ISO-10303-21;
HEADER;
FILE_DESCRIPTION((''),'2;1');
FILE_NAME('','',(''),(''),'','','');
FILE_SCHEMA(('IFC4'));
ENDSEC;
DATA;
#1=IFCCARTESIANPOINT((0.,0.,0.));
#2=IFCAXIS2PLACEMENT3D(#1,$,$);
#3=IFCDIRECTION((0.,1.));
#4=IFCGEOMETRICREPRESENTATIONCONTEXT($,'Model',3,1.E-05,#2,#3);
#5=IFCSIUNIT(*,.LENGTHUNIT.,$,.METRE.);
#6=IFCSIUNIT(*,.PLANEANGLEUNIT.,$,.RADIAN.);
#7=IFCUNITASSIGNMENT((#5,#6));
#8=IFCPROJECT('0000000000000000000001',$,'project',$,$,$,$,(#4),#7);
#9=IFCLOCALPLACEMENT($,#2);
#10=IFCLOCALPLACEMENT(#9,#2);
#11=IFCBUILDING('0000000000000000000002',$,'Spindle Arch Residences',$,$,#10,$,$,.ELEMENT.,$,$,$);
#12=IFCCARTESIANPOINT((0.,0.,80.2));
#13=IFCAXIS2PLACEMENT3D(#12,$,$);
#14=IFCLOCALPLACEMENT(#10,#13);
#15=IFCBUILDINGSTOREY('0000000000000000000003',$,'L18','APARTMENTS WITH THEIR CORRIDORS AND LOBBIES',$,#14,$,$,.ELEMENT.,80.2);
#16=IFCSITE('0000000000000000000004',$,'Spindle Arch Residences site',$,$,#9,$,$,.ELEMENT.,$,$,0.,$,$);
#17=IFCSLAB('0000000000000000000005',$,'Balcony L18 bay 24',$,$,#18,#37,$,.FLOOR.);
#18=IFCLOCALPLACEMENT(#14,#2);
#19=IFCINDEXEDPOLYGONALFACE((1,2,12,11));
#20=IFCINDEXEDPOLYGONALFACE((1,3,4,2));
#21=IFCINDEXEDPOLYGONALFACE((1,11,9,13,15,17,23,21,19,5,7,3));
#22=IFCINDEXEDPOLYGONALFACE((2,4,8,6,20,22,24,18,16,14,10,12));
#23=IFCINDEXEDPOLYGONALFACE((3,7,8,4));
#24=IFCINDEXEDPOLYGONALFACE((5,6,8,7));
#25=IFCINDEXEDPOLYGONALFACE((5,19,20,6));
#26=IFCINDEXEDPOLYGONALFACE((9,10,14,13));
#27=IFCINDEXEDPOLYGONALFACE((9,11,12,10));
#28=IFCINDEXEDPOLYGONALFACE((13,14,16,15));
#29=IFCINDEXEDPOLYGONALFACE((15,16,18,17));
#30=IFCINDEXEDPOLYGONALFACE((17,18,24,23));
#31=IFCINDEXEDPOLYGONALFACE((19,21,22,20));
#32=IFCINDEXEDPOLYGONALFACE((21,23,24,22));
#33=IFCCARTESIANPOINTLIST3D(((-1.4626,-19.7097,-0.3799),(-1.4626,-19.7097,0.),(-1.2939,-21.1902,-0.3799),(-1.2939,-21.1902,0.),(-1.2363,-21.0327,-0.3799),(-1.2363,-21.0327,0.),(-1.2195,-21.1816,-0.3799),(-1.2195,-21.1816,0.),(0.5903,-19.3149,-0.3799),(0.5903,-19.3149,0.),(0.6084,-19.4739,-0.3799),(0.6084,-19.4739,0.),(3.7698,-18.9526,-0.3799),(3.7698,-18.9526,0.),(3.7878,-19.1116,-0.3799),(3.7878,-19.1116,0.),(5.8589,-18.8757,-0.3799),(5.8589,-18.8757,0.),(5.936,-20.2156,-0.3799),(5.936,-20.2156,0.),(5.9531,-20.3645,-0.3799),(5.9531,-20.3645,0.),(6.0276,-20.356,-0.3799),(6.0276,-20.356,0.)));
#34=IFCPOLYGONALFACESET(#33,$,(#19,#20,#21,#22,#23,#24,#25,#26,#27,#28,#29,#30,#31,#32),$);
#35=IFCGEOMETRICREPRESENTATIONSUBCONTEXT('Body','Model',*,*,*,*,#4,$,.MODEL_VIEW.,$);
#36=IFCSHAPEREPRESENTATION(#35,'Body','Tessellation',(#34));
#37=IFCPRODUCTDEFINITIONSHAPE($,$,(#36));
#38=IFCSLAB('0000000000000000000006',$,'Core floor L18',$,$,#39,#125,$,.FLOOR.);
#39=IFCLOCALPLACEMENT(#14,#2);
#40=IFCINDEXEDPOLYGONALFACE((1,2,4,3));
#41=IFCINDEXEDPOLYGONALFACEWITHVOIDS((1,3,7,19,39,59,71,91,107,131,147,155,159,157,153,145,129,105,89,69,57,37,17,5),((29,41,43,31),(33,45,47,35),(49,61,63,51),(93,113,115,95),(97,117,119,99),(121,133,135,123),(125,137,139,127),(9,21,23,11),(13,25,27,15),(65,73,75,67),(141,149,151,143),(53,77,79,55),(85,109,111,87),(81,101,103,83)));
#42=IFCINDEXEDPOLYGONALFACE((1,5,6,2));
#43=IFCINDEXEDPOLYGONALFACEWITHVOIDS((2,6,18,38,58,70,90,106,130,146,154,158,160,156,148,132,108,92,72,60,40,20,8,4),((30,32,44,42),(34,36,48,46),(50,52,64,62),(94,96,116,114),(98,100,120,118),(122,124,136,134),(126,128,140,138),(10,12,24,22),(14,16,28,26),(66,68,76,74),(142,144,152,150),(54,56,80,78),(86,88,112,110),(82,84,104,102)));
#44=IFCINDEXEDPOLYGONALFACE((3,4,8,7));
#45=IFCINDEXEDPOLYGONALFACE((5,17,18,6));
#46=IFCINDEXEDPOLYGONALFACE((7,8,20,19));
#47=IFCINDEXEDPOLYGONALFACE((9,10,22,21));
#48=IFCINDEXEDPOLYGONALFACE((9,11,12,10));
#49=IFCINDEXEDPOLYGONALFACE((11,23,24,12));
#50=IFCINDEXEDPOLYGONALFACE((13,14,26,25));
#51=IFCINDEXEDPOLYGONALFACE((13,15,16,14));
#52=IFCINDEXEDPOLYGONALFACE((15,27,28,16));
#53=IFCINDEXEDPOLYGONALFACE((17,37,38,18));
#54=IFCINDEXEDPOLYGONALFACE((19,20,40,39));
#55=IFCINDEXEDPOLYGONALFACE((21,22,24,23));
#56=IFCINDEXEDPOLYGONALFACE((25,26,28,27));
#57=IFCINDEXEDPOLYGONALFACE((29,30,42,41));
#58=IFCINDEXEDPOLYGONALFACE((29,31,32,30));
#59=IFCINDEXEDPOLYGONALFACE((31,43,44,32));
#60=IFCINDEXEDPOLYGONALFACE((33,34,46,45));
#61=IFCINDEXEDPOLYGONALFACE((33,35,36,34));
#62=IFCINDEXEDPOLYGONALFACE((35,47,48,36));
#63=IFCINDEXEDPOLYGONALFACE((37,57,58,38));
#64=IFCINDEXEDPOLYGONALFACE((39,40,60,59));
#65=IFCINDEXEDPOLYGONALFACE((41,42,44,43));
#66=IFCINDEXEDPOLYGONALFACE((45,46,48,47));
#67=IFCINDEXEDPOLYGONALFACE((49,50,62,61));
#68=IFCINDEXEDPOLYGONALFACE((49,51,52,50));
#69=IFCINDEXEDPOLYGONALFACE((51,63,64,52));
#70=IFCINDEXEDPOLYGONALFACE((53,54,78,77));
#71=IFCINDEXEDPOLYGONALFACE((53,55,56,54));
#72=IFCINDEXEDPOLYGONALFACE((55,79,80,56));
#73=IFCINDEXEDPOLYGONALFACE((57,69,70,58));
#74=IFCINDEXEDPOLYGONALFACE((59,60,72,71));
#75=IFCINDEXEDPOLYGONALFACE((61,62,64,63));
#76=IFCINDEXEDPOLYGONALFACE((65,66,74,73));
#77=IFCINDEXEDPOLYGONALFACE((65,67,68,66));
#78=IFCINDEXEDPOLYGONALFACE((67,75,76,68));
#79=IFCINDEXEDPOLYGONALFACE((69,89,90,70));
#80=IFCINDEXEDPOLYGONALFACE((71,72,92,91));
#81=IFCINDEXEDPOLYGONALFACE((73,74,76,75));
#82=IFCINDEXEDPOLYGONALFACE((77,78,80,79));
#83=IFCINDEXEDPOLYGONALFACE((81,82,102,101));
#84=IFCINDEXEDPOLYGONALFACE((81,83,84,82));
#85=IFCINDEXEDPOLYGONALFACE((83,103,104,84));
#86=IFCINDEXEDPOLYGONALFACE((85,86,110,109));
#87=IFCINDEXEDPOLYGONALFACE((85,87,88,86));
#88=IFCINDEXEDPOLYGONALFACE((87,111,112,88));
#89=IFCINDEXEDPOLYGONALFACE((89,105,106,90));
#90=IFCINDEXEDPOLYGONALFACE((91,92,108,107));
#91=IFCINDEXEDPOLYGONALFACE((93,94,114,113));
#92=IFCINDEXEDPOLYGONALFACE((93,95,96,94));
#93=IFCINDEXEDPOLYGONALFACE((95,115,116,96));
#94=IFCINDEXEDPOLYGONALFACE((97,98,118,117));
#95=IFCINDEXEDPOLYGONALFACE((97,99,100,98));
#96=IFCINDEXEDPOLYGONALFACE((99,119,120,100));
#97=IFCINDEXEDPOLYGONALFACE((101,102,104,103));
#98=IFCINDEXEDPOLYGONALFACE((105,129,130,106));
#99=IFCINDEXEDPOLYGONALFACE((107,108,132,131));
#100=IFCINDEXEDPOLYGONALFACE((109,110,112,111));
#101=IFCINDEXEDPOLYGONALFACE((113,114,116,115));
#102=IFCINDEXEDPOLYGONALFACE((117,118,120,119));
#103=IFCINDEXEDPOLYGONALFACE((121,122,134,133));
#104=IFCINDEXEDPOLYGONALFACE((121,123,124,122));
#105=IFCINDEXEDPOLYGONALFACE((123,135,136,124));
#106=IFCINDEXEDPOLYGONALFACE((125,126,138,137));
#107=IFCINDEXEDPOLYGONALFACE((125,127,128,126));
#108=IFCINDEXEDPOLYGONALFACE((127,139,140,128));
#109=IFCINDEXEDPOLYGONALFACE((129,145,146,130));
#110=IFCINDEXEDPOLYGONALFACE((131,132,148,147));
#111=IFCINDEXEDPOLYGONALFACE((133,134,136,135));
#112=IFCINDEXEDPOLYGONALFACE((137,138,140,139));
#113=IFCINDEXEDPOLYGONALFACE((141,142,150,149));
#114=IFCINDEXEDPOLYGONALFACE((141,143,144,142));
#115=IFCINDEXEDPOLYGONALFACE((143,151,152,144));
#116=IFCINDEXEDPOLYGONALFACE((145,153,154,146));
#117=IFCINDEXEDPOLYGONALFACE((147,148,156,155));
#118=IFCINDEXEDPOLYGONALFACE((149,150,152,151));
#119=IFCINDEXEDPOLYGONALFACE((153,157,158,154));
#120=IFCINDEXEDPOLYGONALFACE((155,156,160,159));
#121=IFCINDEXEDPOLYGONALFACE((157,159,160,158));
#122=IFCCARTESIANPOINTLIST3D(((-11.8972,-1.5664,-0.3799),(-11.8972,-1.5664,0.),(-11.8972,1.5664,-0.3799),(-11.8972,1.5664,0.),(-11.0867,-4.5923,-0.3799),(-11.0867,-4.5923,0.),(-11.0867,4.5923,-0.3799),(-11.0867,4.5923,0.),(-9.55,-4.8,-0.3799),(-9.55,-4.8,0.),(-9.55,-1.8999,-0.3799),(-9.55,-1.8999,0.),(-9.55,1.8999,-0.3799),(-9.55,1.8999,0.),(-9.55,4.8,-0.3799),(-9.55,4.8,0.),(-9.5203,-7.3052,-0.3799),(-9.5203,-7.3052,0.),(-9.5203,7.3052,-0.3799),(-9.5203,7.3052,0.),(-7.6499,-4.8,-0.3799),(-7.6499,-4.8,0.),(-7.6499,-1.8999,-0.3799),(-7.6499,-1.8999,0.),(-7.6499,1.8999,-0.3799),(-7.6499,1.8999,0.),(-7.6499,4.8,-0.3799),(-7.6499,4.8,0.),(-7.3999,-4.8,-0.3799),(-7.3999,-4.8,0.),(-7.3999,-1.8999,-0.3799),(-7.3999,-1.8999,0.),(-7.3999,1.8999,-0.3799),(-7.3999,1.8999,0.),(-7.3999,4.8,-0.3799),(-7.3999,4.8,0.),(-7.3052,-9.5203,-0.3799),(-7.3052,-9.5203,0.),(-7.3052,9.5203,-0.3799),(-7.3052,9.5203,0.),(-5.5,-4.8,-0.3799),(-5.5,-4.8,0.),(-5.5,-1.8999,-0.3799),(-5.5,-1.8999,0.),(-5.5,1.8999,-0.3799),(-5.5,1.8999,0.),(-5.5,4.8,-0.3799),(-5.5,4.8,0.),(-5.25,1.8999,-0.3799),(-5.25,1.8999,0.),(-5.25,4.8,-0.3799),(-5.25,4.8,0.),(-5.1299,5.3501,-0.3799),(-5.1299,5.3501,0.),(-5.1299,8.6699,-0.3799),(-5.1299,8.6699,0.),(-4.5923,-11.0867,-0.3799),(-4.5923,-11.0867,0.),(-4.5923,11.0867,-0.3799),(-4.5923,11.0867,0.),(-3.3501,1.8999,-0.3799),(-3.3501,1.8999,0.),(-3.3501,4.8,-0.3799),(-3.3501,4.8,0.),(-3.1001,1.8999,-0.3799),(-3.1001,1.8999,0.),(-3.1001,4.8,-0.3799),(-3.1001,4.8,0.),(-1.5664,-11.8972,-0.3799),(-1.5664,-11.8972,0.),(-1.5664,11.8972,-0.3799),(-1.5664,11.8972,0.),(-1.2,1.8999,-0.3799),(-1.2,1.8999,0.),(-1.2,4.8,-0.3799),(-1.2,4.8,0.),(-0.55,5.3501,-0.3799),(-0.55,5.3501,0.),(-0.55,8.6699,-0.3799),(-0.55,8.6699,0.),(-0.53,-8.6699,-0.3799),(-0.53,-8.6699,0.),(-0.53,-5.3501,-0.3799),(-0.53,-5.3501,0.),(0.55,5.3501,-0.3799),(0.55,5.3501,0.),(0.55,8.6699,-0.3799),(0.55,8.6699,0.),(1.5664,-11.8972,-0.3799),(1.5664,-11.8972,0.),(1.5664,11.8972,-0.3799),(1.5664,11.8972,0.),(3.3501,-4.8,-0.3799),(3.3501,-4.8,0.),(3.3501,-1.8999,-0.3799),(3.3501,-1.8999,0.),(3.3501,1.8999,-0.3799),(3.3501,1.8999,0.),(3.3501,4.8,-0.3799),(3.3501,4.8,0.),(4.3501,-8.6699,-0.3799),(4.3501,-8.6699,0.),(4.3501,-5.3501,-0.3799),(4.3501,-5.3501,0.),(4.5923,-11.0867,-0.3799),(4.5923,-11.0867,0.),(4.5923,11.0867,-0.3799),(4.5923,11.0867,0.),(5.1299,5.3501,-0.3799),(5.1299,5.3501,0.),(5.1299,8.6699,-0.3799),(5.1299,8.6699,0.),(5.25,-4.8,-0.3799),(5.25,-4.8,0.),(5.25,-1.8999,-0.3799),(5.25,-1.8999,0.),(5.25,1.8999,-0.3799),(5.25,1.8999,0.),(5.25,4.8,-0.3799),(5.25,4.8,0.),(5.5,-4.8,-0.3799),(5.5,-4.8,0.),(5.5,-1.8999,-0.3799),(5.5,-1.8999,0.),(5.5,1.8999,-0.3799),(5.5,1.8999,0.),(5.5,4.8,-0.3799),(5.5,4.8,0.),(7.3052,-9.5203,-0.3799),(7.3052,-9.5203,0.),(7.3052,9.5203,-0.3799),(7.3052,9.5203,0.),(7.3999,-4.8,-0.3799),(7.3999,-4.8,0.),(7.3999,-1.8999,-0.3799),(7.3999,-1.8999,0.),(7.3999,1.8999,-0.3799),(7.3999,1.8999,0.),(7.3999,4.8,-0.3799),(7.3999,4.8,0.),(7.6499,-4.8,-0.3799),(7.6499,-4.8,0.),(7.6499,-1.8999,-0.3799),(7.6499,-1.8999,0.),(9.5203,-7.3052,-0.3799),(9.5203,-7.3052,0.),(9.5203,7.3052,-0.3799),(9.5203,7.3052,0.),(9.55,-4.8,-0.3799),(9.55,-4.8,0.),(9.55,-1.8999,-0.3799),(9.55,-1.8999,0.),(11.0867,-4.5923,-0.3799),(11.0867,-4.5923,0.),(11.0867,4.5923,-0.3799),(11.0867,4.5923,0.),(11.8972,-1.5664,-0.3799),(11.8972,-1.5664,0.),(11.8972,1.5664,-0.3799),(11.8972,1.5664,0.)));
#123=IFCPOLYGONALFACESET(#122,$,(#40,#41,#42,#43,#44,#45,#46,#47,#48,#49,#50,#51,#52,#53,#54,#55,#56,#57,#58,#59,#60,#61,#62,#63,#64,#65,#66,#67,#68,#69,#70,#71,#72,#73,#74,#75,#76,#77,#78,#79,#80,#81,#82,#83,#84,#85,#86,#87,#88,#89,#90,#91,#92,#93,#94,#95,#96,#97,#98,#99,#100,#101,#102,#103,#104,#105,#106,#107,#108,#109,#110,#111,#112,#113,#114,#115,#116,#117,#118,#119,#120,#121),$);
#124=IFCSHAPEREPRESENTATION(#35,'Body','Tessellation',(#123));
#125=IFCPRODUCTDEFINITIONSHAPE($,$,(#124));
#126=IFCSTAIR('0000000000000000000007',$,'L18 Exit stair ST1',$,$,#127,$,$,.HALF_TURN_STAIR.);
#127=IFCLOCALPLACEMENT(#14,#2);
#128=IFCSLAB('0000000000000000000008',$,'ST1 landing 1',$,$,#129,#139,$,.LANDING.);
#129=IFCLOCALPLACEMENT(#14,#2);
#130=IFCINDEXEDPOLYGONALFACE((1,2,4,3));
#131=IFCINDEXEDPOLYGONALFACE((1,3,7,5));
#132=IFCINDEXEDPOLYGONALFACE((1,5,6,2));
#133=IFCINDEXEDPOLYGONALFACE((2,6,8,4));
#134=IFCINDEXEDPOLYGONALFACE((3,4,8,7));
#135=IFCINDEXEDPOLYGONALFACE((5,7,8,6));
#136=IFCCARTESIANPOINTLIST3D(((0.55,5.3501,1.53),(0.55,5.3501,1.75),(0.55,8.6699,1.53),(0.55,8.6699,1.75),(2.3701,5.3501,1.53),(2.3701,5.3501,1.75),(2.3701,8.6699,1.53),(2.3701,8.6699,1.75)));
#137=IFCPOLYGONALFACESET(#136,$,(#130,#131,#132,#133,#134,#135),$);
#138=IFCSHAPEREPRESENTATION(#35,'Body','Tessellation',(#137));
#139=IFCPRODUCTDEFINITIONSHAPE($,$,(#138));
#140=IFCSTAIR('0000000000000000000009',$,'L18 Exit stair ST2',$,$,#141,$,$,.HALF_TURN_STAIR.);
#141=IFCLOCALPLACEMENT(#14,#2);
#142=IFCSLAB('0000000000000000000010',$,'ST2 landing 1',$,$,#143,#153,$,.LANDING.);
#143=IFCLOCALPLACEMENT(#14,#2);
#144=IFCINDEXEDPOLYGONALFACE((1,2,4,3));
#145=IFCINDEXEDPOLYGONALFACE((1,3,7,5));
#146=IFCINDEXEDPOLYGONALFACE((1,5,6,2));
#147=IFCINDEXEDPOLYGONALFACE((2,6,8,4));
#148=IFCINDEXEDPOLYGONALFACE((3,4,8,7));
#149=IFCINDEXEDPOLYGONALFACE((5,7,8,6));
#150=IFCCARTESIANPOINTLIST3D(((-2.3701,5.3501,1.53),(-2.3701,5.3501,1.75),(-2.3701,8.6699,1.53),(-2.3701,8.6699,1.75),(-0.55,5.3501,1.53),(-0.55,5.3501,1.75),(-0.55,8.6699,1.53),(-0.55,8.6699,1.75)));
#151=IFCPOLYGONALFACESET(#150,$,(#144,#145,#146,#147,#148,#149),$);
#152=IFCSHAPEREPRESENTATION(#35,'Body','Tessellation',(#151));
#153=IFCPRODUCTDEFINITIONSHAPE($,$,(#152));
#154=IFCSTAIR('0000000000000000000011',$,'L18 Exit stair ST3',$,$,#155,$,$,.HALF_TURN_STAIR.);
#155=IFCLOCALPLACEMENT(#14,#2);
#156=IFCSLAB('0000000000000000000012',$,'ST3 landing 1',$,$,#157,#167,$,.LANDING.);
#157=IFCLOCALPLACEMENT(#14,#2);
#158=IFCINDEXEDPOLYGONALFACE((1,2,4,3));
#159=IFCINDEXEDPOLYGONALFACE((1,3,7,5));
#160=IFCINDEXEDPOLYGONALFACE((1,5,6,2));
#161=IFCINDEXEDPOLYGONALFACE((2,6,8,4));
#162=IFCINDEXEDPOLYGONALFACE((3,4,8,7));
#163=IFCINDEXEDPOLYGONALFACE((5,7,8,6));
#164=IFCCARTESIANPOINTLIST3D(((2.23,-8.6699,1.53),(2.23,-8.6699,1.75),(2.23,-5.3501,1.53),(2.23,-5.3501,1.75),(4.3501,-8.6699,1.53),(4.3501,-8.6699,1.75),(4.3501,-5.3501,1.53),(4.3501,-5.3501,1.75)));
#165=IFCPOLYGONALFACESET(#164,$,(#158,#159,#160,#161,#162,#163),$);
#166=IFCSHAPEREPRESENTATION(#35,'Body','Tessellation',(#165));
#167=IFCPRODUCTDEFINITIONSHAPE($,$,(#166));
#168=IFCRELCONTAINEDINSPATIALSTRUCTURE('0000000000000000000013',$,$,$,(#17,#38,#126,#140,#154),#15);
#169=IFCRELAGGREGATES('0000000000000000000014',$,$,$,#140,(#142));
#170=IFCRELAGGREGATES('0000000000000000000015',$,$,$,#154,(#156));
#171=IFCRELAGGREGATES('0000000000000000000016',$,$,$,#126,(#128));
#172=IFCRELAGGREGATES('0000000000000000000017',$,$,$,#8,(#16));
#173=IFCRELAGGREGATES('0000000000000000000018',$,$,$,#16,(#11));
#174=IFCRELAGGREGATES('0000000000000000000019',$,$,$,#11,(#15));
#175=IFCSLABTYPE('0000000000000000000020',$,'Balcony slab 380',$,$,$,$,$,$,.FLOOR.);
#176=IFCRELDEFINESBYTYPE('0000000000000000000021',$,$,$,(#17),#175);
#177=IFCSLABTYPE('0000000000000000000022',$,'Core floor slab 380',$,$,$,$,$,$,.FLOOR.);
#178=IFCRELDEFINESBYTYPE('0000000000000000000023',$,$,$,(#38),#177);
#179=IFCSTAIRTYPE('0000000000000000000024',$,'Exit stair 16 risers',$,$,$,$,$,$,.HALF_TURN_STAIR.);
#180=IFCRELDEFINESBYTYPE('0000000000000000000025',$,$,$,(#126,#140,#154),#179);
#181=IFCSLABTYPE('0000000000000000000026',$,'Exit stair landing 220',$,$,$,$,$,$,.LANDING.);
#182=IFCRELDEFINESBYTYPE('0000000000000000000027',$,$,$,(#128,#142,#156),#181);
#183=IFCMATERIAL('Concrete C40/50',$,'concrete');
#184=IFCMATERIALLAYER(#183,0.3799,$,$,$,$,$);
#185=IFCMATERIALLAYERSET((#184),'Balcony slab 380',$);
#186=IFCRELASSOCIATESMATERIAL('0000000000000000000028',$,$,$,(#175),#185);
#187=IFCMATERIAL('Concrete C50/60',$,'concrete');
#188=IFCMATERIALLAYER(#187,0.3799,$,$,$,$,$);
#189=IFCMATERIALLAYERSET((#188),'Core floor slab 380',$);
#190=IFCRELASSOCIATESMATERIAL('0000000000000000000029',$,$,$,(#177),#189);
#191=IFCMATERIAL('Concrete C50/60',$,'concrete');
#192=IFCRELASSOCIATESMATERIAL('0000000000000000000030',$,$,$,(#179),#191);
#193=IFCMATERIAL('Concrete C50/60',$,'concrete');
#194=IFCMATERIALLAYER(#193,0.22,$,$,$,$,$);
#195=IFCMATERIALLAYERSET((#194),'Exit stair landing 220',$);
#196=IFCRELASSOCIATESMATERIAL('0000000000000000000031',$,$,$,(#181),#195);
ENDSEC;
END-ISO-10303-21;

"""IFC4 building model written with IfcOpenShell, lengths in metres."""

from ifc_helpers import new_model, si_unit, direction, frame, origin, place, context, subcontext, project, spatial, polyline, outline, extrude, material, layer, layer_set, type_object, element, aggregate, save


model = new_model("IFC4")

# Units and contexts
model_context = context("Model", 3, precision=1e-05, world=origin(), true_north=direction((0.0, 1.0)))
body_context = subcontext(model_context, "Body", "Model", "MODEL_VIEW")
ifc_project = project(units=[si_unit("LENGTHUNIT", "METRE"), si_unit("PLANEANGLEUNIT", "RADIAN")], contexts=[model_context])

# Site, building, storey
site_placement = place(None, origin())
site = spatial("IfcSite", under=ifc_project, at=site_placement, Name="Spindle Arch Residences site", CompositionType="ELEMENT", RefElevation=0.0)
building_placement = place(site_placement, origin())
building = spatial("IfcBuilding", under=site, at=building_placement, Name="Spindle Arch Residences", CompositionType="ELEMENT")
storey_placement = place(building_placement, frame((0.0, 0.0, 80.2)))
storey = spatial("IfcBuildingStorey", under=building, at=storey_placement, Name="L18", Description="APARTMENTS WITH THEIR CORRIDORS AND LOBBIES", CompositionType="ELEMENT", Elevation=80.2)

# Slabs
ifc_material_1 = material(Name="Concrete C40/50", Category="concrete")
ifc_layer_1 = layer(ifc_material_1, 0.3799)
ifc_layer_set_1 = layer_set([ifc_layer_1], Name="Balcony slab 380")
slab_type_1 = type_object("IfcSlabType", Name="Balcony slab 380", PredefinedType="FLOOR", material=ifc_layer_set_1)
slab_1_placement = place(storey_placement, frame((0.0, 0.0, -0.3799)))
element("IfcSlab", 1, at=slab_1_placement, inside=storey, type_object=slab_type_1, Name="Balcony L18 bay 24", PredefinedType="FLOOR", context=body_context, shape_type="SweptSolid", body=[
    extrude(outline(polyline([(-1.2939, -21.1902), (-1.2195, -21.1816), (-1.2363, -21.0327), (5.936, -20.2156), (5.9531, -20.3645), (6.0276, -20.356), (5.8589, -18.8757), (3.7878, -19.1116), (3.7698, -18.9526), (0.5903, -19.3149), (0.6084, -19.4739), (-1.4626, -19.7097), (-1.2939, -21.1902)])), origin(), (0.0, 0.0, 1.0), 0.3799),
])
ifc_material_2 = material(Name="Concrete C50/60", Category="concrete")
ifc_layer_2 = layer(ifc_material_2, 0.3799)
ifc_layer_set_2 = layer_set([ifc_layer_2], Name="Core floor slab 380")
slab_type_2 = type_object("IfcSlabType", Name="Core floor slab 380", PredefinedType="FLOOR", material=ifc_layer_set_2)
slab_2_placement = place(storey_placement, frame((0.0, 0.0, -0.3799)))
element("IfcSlab", 2, at=slab_2_placement, inside=storey, type_object=slab_type_2, Name="Core floor L18", PredefinedType="FLOOR", context=body_context, shape_type="SweptSolid", body=[
    extrude(outline(polyline([(1.5664, -11.8972), (4.5923, -11.0867), (7.3052, -9.5203), (9.5203, -7.3052), (11.0867, -4.5923), (11.8972, -1.5664), (11.8972, 1.5664), (11.0867, 4.5923), (9.5203, 7.3052), (7.3052, 9.5203), (4.5923, 11.0867), (1.5664, 11.8972), (-1.5664, 11.8972), (-4.5923, 11.0867), (-7.3052, 9.5203), (-9.5203, 7.3052), (-11.0867, 4.5923), (-11.8972, 1.5664), (-11.8972, -1.5664), (-11.0867, -4.5923), (-9.5203, -7.3052), (-7.3052, -9.5203), (-4.5923, -11.0867), (-1.5664, -11.8972), (1.5664, -11.8972)]), holes=[polyline([(-9.55, 1.8999), (-7.6499, 1.8999), (-7.6499, 4.8), (-9.55, 4.8), (-9.55, 1.8999)]), polyline([(-7.3999, 1.8999), (-5.5, 1.8999), (-5.5, 4.8), (-7.3999, 4.8), (-7.3999, 1.8999)]), polyline([(-5.25, 1.8999), (-3.3501, 1.8999), (-3.3501, 4.8), (-5.25, 4.8), (-5.25, 1.8999)]), polyline([(-3.1001, 1.8999), (-1.2, 1.8999), (-1.2, 4.8), (-3.1001, 4.8), (-3.1001, 1.8999)]), polyline([(3.3501, 1.8999), (5.25, 1.8999), (5.25, 4.8), (3.3501, 4.8), (3.3501, 1.8999)]), polyline([(5.5, 1.8999), (7.3999, 1.8999), (7.3999, 4.8), (5.5, 4.8), (5.5, 1.8999)]), polyline([(-9.55, -4.8), (-7.6499, -4.8), (-7.6499, -1.8999), (-9.55, -1.8999), (-9.55, -4.8)]), polyline([(-7.3999, -4.8), (-5.5, -4.8), (-5.5, -1.8999), (-7.3999, -1.8999), (-7.3999, -4.8)]), polyline([(3.3501, -4.8), (5.25, -4.8), (5.25, -1.8999), (3.3501, -1.8999), (3.3501, -4.8)]), polyline([(5.5, -4.8), (7.3999, -4.8), (7.3999, -1.8999), (5.5, -1.8999), (5.5, -4.8)]), polyline([(7.6499, -4.8), (9.55, -4.8), (9.55, -1.8999), (7.6499, -1.8999), (7.6499, -4.8)]), polyline([(5.1299, 8.6699), (0.55, 8.6699), (0.55, 5.3501), (5.1299, 5.3501), (5.1299, 8.6699)]), polyline([(-5.1299, 5.3501), (-0.55, 5.3501), (-0.55, 8.6699), (-5.1299, 8.6699), (-5.1299, 5.3501)]), polyline([(-0.53, -8.6699), (4.3501, -8.6699), (4.3501, -5.3501), (-0.53, -5.3501), (-0.53, -8.6699)])]), origin(), (0.0, 0.0, 1.0), 0.3799),
])

# Stairs, slabs
ifc_material_3 = material(Name="Concrete C50/60", Category="concrete")
stair_type = type_object("IfcStairType", Name="Exit stair 16 risers", PredefinedType="HALF_TURN_STAIR", material=ifc_material_3)
stair_1_placement = place(storey_placement, origin())
stair_1 = element("IfcStair", 3, at=stair_1_placement, inside=storey, type_object=stair_type, Name="L18 Exit stair ST1", PredefinedType="HALF_TURN_STAIR")
ifc_material_4 = material(Name="Concrete C50/60", Category="concrete")
ifc_layer_3 = layer(ifc_material_4, 0.22)
ifc_layer_set_3 = layer_set([ifc_layer_3], Name="Exit stair landing 220")
slab_type_3 = type_object("IfcSlabType", Name="Exit stair landing 220", PredefinedType="LANDING", material=ifc_layer_set_3)
slab_3_placement = place(storey_placement, frame((0.0, 0.0, 1.53)))
slab_3 = element("IfcSlab", 4, at=slab_3_placement, type_object=slab_type_3, Name="ST1 landing 1", PredefinedType="LANDING", context=body_context, shape_type="SweptSolid", body=[
    extrude(outline(polyline([(2.3701, 8.6699), (0.55, 8.6699), (0.55, 5.3501), (2.3701, 5.3501), (2.3701, 8.6699)])), origin(), (0.0, 0.0, 1.0), 0.22),
])
stair_2_placement = place(storey_placement, origin())
stair_2 = element("IfcStair", 5, at=stair_2_placement, inside=storey, type_object=stair_type, Name="L18 Exit stair ST2", PredefinedType="HALF_TURN_STAIR")
slab_4_placement = place(storey_placement, frame((0.0, 0.0, 1.53)))
slab_4 = element("IfcSlab", 6, at=slab_4_placement, type_object=slab_type_3, Name="ST2 landing 1", PredefinedType="LANDING", context=body_context, shape_type="SweptSolid", body=[
    extrude(outline(polyline([(-2.3701, 5.3501), (-0.55, 5.3501), (-0.55, 8.6699), (-2.3701, 8.6699), (-2.3701, 5.3501)])), origin(), (0.0, 0.0, 1.0), 0.22),
])
aggregate(stair_2, [slab_4])
stair_3_placement = place(storey_placement, origin())
stair_3 = element("IfcStair", 7, at=stair_3_placement, inside=storey, type_object=stair_type, Name="L18 Exit stair ST3", PredefinedType="HALF_TURN_STAIR")
slab_5_placement = place(storey_placement, frame((0.0, 0.0, 1.53)))
slab_5 = element("IfcSlab", 8, at=slab_5_placement, type_object=slab_type_3, Name="ST3 landing 1", PredefinedType="LANDING", context=body_context, shape_type="SweptSolid", body=[
    extrude(outline(polyline([(2.23, -8.6699), (4.3501, -8.6699), (4.3501, -5.3501), (2.23, -5.3501), (2.23, -8.6699)])), origin(), (0.0, 0.0, 1.0), 0.22),
])
aggregate(stair_3, [slab_5])

aggregate(stair_1, [slab_3])

save(model, "model.ifc")
